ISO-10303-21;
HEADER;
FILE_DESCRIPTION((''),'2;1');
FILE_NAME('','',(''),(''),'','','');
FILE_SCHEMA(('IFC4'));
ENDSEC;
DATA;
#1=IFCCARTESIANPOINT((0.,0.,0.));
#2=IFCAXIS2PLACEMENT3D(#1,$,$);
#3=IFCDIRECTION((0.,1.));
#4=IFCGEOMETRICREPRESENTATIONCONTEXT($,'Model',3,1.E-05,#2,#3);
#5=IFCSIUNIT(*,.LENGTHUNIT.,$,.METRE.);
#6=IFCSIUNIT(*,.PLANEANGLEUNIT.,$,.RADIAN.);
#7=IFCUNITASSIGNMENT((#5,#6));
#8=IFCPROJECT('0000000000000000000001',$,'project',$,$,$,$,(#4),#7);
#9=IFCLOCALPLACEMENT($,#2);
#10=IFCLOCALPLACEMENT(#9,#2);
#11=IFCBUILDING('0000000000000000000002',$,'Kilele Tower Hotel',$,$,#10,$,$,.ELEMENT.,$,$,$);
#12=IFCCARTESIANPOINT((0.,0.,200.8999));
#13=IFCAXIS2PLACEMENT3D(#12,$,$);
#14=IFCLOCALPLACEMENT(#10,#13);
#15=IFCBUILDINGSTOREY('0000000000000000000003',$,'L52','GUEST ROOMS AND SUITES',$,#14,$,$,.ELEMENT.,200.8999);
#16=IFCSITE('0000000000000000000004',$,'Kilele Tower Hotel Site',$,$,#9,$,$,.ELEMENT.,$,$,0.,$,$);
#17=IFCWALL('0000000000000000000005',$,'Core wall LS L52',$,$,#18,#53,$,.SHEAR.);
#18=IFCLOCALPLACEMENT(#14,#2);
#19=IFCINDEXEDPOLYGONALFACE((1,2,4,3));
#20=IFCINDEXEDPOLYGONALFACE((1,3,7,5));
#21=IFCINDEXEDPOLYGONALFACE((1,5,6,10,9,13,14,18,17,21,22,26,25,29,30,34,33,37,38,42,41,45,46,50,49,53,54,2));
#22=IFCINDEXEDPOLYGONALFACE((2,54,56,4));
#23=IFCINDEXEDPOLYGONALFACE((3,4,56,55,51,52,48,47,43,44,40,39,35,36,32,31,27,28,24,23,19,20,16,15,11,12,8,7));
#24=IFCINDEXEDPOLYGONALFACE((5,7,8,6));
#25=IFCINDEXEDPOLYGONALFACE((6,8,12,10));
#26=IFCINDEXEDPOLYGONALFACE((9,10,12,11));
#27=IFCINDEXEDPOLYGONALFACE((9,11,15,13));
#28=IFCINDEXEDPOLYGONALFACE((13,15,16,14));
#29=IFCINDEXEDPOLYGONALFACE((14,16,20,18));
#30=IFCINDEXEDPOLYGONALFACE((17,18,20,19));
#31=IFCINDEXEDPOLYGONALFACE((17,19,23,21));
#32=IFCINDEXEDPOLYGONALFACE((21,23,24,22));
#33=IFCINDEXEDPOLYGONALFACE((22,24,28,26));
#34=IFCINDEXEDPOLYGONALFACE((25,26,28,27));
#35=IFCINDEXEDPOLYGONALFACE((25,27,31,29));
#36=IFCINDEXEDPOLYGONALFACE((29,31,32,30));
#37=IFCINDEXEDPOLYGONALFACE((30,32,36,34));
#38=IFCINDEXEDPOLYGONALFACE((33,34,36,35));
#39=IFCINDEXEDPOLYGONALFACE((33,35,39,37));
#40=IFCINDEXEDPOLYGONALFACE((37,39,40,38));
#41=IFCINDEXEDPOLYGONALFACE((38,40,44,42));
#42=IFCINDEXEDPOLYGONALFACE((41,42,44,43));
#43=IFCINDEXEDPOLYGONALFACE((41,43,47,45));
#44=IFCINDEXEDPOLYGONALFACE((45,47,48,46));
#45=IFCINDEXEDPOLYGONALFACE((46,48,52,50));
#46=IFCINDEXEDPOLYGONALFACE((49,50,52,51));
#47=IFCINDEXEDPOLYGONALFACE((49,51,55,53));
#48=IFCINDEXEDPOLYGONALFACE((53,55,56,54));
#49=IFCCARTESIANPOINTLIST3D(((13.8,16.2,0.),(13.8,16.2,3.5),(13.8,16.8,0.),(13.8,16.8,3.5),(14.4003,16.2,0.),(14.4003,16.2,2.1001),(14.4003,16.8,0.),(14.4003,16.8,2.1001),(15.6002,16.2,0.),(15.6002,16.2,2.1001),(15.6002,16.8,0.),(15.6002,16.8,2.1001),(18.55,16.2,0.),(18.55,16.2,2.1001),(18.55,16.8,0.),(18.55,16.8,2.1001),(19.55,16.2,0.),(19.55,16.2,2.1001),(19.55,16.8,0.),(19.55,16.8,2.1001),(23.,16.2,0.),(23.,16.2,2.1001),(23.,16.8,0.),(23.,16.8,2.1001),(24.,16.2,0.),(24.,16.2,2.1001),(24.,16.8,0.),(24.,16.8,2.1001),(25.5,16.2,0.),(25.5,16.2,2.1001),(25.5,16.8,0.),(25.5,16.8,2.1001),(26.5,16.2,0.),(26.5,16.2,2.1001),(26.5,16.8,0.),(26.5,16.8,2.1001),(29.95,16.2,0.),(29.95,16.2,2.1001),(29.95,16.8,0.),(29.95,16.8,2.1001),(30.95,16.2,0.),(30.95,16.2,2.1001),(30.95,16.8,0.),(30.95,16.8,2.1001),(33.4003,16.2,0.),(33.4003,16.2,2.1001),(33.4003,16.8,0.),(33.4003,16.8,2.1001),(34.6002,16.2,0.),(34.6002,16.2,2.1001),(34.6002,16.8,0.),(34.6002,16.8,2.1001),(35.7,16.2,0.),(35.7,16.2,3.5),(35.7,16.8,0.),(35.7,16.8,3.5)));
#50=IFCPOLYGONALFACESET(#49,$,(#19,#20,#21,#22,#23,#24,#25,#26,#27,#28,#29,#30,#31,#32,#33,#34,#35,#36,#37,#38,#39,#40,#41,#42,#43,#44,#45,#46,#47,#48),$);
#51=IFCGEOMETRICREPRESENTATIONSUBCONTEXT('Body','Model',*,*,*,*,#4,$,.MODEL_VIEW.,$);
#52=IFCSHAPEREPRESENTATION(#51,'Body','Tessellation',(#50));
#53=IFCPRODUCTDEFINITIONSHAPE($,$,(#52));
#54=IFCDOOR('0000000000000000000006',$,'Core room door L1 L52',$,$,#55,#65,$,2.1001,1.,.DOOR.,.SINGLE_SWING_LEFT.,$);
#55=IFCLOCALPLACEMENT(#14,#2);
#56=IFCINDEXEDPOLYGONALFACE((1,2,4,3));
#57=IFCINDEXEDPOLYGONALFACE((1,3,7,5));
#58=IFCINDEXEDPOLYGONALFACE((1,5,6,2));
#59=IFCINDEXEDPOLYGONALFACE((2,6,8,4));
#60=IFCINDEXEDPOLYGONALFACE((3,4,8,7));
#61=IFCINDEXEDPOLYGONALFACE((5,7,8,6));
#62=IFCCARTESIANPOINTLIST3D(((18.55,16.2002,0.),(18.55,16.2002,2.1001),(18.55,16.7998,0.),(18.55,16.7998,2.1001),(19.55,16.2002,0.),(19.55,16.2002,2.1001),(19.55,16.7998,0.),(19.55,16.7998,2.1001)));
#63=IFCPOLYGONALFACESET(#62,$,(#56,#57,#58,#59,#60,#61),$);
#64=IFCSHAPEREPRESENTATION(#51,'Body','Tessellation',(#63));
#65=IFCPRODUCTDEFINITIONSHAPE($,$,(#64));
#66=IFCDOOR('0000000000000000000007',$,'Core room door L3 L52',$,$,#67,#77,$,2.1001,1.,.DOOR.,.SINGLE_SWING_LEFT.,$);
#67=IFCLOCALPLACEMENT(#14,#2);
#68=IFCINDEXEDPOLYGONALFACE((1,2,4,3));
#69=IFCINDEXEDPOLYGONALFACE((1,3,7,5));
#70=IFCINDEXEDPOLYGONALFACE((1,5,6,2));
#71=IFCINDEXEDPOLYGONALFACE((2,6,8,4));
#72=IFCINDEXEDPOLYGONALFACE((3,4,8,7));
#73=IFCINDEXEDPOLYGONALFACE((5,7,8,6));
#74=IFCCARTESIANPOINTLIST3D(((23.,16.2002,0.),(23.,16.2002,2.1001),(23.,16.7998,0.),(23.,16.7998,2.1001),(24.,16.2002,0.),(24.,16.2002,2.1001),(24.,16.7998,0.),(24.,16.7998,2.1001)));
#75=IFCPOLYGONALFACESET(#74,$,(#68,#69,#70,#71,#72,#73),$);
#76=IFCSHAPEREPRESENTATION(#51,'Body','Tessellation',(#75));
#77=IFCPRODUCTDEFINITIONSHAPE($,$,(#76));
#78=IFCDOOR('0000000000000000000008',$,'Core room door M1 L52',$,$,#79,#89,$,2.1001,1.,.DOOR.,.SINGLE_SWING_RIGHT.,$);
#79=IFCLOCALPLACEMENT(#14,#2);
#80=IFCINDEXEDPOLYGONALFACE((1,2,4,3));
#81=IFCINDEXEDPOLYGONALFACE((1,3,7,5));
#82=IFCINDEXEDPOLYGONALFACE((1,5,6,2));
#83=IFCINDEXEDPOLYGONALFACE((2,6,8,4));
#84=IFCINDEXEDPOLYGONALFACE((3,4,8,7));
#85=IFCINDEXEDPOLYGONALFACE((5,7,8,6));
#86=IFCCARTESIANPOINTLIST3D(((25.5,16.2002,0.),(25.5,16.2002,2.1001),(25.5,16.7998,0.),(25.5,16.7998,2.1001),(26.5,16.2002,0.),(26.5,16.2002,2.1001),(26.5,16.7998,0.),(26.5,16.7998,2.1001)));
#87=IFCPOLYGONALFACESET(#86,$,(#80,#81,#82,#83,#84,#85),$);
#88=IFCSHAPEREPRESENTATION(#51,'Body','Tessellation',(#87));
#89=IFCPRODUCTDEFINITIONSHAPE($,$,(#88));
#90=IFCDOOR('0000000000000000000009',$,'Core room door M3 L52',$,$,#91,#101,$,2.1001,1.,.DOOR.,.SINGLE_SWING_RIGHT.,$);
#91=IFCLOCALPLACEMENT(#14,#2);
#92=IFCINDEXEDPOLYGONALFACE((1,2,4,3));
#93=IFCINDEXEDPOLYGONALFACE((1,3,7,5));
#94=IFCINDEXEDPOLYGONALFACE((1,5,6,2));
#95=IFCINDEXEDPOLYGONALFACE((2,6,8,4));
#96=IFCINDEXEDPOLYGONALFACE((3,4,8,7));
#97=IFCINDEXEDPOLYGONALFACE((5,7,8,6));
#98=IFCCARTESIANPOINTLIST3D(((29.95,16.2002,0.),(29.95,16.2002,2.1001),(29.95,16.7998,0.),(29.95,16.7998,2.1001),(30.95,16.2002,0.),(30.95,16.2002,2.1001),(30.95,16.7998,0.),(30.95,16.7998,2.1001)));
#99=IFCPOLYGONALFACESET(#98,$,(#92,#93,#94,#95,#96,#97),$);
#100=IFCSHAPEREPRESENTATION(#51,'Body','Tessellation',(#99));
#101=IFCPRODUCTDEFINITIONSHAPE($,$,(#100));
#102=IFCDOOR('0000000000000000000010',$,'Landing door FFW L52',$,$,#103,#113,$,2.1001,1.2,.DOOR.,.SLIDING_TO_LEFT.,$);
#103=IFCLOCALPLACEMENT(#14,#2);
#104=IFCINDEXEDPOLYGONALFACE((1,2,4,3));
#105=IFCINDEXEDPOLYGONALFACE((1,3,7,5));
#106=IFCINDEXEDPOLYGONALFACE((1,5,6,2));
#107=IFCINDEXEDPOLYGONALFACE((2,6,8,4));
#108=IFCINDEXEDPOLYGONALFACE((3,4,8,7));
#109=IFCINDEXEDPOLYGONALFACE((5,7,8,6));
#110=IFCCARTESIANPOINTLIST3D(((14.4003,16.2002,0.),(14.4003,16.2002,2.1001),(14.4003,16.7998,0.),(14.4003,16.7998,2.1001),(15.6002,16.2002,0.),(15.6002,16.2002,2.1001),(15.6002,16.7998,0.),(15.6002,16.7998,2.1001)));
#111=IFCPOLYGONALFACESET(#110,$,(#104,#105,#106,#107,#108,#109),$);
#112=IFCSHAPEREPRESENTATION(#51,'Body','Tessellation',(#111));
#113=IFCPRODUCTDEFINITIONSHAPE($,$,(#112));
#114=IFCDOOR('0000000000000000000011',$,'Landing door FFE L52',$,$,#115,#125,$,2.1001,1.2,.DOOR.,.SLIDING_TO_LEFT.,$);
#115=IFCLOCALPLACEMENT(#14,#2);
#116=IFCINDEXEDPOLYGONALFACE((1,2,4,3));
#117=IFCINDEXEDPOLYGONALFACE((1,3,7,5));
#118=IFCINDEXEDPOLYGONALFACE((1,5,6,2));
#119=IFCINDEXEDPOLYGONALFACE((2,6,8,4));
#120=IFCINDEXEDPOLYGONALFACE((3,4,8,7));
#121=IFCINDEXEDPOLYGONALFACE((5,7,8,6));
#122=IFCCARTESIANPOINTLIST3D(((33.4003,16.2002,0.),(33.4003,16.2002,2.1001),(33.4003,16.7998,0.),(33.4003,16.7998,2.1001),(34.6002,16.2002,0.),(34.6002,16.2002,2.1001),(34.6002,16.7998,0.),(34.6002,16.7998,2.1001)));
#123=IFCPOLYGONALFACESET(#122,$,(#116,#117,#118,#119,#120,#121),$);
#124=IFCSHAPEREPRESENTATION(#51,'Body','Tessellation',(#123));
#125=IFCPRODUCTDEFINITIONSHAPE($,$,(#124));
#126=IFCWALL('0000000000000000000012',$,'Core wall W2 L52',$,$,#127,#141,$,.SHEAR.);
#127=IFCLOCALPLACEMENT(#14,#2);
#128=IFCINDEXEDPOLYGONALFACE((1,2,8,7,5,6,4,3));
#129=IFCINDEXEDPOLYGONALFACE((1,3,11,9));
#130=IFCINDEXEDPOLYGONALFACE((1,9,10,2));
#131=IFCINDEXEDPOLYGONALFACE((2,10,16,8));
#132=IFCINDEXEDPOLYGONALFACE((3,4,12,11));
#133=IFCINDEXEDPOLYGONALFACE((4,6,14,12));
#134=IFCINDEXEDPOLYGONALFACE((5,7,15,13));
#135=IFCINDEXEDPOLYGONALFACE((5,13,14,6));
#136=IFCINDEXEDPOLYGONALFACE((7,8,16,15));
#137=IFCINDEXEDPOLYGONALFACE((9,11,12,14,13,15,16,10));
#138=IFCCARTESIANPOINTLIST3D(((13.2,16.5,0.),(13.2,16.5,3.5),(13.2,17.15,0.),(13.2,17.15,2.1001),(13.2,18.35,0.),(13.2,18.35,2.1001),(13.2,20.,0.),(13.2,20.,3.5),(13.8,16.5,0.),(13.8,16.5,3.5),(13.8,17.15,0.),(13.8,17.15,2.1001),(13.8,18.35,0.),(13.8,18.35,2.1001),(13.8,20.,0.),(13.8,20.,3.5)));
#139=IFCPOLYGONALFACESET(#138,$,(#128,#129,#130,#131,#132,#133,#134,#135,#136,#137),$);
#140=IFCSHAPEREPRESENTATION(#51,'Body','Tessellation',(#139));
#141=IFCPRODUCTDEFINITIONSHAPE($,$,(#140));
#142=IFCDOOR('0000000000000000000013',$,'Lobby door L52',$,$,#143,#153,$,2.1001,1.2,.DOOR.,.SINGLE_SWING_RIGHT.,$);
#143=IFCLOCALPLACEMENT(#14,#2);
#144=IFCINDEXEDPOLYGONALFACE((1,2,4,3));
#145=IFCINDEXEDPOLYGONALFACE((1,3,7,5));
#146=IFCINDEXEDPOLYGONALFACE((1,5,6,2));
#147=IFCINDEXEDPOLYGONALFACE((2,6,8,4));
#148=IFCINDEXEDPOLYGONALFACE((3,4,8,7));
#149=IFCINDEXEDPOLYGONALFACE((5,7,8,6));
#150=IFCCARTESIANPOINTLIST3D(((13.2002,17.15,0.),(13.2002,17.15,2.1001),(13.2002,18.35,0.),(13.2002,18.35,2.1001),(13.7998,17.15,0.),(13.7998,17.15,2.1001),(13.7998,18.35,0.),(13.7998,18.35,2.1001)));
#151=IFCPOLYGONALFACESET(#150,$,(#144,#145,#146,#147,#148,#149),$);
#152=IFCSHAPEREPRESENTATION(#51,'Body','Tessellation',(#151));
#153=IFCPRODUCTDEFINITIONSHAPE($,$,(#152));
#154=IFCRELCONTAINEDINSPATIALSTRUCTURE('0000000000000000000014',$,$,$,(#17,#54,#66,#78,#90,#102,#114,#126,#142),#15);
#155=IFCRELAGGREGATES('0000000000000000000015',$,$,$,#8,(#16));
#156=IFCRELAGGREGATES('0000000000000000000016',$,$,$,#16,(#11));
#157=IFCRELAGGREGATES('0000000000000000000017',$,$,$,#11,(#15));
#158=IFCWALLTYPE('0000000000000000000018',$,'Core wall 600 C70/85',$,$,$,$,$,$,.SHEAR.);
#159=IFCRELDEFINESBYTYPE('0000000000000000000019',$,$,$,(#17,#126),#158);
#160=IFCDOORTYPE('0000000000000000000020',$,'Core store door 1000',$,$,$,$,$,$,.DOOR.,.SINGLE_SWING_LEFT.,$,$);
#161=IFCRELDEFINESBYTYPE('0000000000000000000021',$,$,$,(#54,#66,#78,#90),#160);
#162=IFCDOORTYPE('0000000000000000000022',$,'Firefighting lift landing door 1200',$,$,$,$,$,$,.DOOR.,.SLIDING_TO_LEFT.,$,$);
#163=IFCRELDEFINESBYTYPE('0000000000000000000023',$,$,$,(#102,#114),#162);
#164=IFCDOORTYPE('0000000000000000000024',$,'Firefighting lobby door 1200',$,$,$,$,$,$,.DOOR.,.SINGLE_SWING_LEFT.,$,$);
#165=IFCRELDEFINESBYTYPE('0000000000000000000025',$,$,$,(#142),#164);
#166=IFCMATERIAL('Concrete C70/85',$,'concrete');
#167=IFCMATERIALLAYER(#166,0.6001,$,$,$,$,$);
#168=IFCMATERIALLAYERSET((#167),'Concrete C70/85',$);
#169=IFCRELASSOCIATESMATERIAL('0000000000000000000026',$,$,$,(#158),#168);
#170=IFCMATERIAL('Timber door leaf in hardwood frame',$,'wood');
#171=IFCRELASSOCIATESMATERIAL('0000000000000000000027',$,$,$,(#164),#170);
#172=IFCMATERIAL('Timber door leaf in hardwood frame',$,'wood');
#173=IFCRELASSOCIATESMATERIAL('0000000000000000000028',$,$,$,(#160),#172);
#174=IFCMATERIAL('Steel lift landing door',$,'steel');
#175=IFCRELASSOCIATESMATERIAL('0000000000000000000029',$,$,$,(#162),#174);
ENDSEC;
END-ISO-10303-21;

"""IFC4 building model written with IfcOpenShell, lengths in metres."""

from ifc_helpers import new_model, si_unit, direction, frame, frame_2d, origin, place, context, subcontext, project, spatial, rectangle, extrude, material, layer, layer_set, type_object, element, fill, save


model = new_model("IFC4")

# Units and contexts
model_context = context("Model", 3, precision=1e-05, world=origin(), true_north=direction((0.0, 1.0)))
body_context = subcontext(model_context, "Body", "Model", "MODEL_VIEW")
ifc_project = project(units=[si_unit("LENGTHUNIT", "METRE"), si_unit("PLANEANGLEUNIT", "RADIAN")], contexts=[model_context])

# Site, building, storey
site_placement = place(None, origin())
site = spatial("IfcSite", under=ifc_project, at=site_placement, Name="Kilele Tower Hotel Site", CompositionType="ELEMENT", RefElevation=0.0)
building_placement = place(site_placement, origin())
building = spatial("IfcBuilding", under=site, at=building_placement, Name="Kilele Tower Hotel", CompositionType="ELEMENT")
storey_placement = place(building_placement, frame((0.0, 0.0, 200.8999)))
storey = spatial("IfcBuildingStorey", under=building, at=storey_placement, Name="L52", Description="GUEST ROOMS AND SUITES", CompositionType="ELEMENT", Elevation=200.8999)

# Shared definitions
ifc_material_1 = material(Name="Concrete C70/85", Category="concrete")
ifc_layer_1 = layer(ifc_material_1, 0.6001)
ifc_layer_set_1 = layer_set([ifc_layer_1], Name="Concrete C70/85")
wall_type_1 = type_object("IfcWallType", Name="Core wall 600 C70/85", PredefinedType="SHEAR", material=ifc_layer_set_1)
ifc_material_2 = material(Name="Timber door leaf in hardwood frame", Category="wood")
door_type_1 = type_object("IfcDoorType", Name="Firefighting lobby door 1200", OperationType="SINGLE_SWING_LEFT", PredefinedType="DOOR", material=ifc_material_2)

# Wall, openings, doors
wall_1_placement = place(storey_placement, frame((13.8, 16.5, 0.0), z_axis=(0.0, 0.0, 1.0), x_axis=(1.0, 0.0, 0.0)))
wall_1 = element("IfcWall", 1, at=wall_1_placement, inside=storey, type_object=wall_type_1, Name="Core wall LS L52", PredefinedType="SHEAR", context=body_context, shape_type="SweptSolid", body=[
    extrude(rectangle(XDim=21.8999, YDim=0.6001, at=frame_2d((10.95, 0.0))), origin(), (0.0, 0.0, 1.0), 3.5),
])
opening_1_placement = place(wall_1_placement, frame((5.75, 0.0, 0.0), z_axis=(0.0, 0.0, 1.0), x_axis=(-1.0, 0.0, 0.0)))
opening_1 = element("IfcOpeningElement", 2, at=opening_1_placement, cuts=wall_1, PredefinedType="OPENING", context=body_context, shape_type="SweptSolid", body=[
    extrude(rectangle(XDim=1.0, YDim=2.1001, at=frame_2d((0.5, 1.05))), frame((0.0, 0.3101, 0.0), z_axis=(0.0, -1.0, 0.0), x_axis=(1.0, 0.0, 0.0)), (0.0, 0.0, 1.0), 0.6201),
])
opening_2_placement = place(wall_1_placement, frame((10.2, 0.0, 0.0), z_axis=(0.0, 0.0, 1.0), x_axis=(-1.0, 0.0, 0.0)))
opening_2 = element("IfcOpeningElement", 3, at=opening_2_placement, cuts=wall_1, PredefinedType="OPENING", context=body_context, shape_type="SweptSolid", body=[
    extrude(rectangle(XDim=1.0, YDim=2.1001, at=frame_2d((0.5, 1.05))), frame((0.0, 0.3101, 0.0), z_axis=(0.0, -1.0, 0.0), x_axis=(1.0, 0.0, 0.0)), (0.0, 0.0, 1.0), 0.6201),
])
opening_3_placement = place(wall_1_placement, frame((12.7, 0.0, 0.0), z_axis=(0.0, 0.0, 1.0), x_axis=(-1.0, 0.0, 0.0)))
opening_3 = element("IfcOpeningElement", 4, at=opening_3_placement, cuts=wall_1, PredefinedType="OPENING", context=body_context, shape_type="SweptSolid", body=[
    extrude(rectangle(XDim=1.0, YDim=2.1001, at=frame_2d((0.5, 1.05))), frame((0.0, 0.3101, 0.0), z_axis=(0.0, -1.0, 0.0), x_axis=(1.0, 0.0, 0.0)), (0.0, 0.0, 1.0), 0.6201),
])
opening_4_placement = place(wall_1_placement, frame((17.1499, 0.0, 0.0), z_axis=(0.0, 0.0, 1.0), x_axis=(-1.0, 0.0, 0.0)))
opening_4 = element("IfcOpeningElement", 5, at=opening_4_placement, cuts=wall_1, PredefinedType="OPENING", context=body_context, shape_type="SweptSolid", body=[
    extrude(rectangle(XDim=1.0, YDim=2.1001, at=frame_2d((0.5, 1.05))), frame((0.0, 0.3101, 0.0), z_axis=(0.0, -1.0, 0.0), x_axis=(1.0, 0.0, 0.0)), (0.0, 0.0, 1.0), 0.6201),
])
opening_5_placement = place(wall_1_placement, frame((0.6001, 0.0, 0.0)))
opening_5 = element("IfcOpeningElement", 6, at=opening_5_placement, cuts=wall_1, PredefinedType="OPENING", context=body_context, shape_type="SweptSolid", body=[
    extrude(rectangle(XDim=1.2, YDim=2.1001, at=frame_2d((0.6001, 1.05))), frame((0.0, 0.3101, 0.0), z_axis=(0.0, -1.0, 0.0), x_axis=(1.0, 0.0, 0.0)), (0.0, 0.0, 1.0), 0.6201),
])
opening_6_placement = place(wall_1_placement, frame((19.6001, 0.0, 0.0)))
opening_6 = element("IfcOpeningElement", 7, at=opening_6_placement, cuts=wall_1, PredefinedType="OPENING", context=body_context, shape_type="SweptSolid", body=[
    extrude(rectangle(XDim=1.2, YDim=2.1001, at=frame_2d((0.6001, 1.05))), frame((0.0, 0.3101, 0.0), z_axis=(0.0, -1.0, 0.0), x_axis=(1.0, 0.0, 0.0)), (0.0, 0.0, 1.0), 0.6201),
])
ifc_material_3 = material(Name="Timber door leaf in hardwood frame", Category="wood")
door_type_2 = type_object("IfcDoorType", Name="Core store door 1000", OperationType="SINGLE_SWING_LEFT", PredefinedType="DOOR", material=ifc_material_3)
door_1_placement = place(opening_1_placement, origin())
door_1 = element("IfcDoor", 8, at=door_1_placement, inside=storey, type_object=door_type_2, Name="Core room door L1 L52", OperationType="SINGLE_SWING_LEFT", OverallHeight=2.1001, OverallWidth=1.0, PredefinedType="DOOR", context=body_context, shape_type="SweptSolid", body=[
    extrude(rectangle(XDim=1.0, YDim=2.1001, at=frame_2d((0.5, 1.05))), frame((0.0, 0.2998, 0.0), z_axis=(0.0, -1.0, 0.0), x_axis=(1.0, 0.0, 0.0)), (0.0, 0.0, 1.0), 0.5996),
])
fill(opening_1, door_1)
door_2_placement = place(opening_2_placement, origin())
door_2 = element("IfcDoor", 9, at=door_2_placement, inside=storey, type_object=door_type_2, Name="Core room door L3 L52", OperationType="SINGLE_SWING_LEFT", OverallHeight=2.1001, OverallWidth=1.0, PredefinedType="DOOR", context=body_context, shape_type="SweptSolid", body=[
    extrude(rectangle(XDim=1.0, YDim=2.1001, at=frame_2d((0.5, 1.05))), frame((0.0, 0.2998, 0.0), z_axis=(0.0, -1.0, 0.0), x_axis=(1.0, 0.0, 0.0)), (0.0, 0.0, 1.0), 0.5996),
])
fill(opening_2, door_2)
door_3_placement = place(opening_3_placement, origin())
door_3 = element("IfcDoor", 10, at=door_3_placement, inside=storey, type_object=door_type_2, Name="Core room door M1 L52", OperationType="SINGLE_SWING_RIGHT", OverallHeight=2.1001, OverallWidth=1.0, PredefinedType="DOOR", context=body_context, shape_type="SweptSolid", body=[
    extrude(rectangle(XDim=1.0, YDim=2.1001, at=frame_2d((0.5, 1.05))), frame((0.0, 0.2998, 0.0), z_axis=(0.0, -1.0, 0.0), x_axis=(1.0, 0.0, 0.0)), (0.0, 0.0, 1.0), 0.5996),
])
fill(opening_3, door_3)
door_4_placement = place(opening_4_placement, origin())
door_4 = element("IfcDoor", 11, at=door_4_placement, inside=storey, type_object=door_type_2, Name="Core room door M3 L52", OperationType="SINGLE_SWING_RIGHT", OverallHeight=2.1001, OverallWidth=1.0, PredefinedType="DOOR", context=body_context, shape_type="SweptSolid", body=[
    extrude(rectangle(XDim=1.0, YDim=2.1001, at=frame_2d((0.5, 1.05))), frame((0.0, 0.2998, 0.0), z_axis=(0.0, -1.0, 0.0), x_axis=(1.0, 0.0, 0.0)), (0.0, 0.0, 1.0), 0.5996),
])
fill(opening_4, door_4)
ifc_material_4 = material(Name="Steel lift landing door", Category="steel")
door_type_3 = type_object("IfcDoorType", Name="Firefighting lift landing door 1200", OperationType="SLIDING_TO_LEFT", PredefinedType="DOOR", material=ifc_material_4)
door_5_placement = place(opening_5_placement, origin())
door_5 = element("IfcDoor", 12, at=door_5_placement, inside=storey, type_object=door_type_3, Name="Landing door FFW L52", OperationType="SLIDING_TO_LEFT", OverallHeight=2.1001, OverallWidth=1.2, PredefinedType="DOOR", context=body_context, shape_type="SweptSolid", body=[
    extrude(rectangle(XDim=1.2, YDim=2.1001, at=frame_2d((0.6001, 1.05))), frame((0.0, 0.2998, 0.0), z_axis=(0.0, -1.0, 0.0), x_axis=(1.0, 0.0, 0.0)), (0.0, 0.0, 1.0), 0.5996),
])
fill(opening_5, door_5)
door_6_placement = place(opening_6_placement, origin())
door_6 = element("IfcDoor", 13, at=door_6_placement, inside=storey, type_object=door_type_3, Name="Landing door FFE L52", OperationType="SLIDING_TO_LEFT", OverallHeight=2.1001, OverallWidth=1.2, PredefinedType="DOOR", context=body_context, shape_type="SweptSolid", body=[
    extrude(rectangle(XDim=1.2, YDim=2.1001, at=frame_2d((0.6001, 1.05))), frame((0.0, 0.2998, 0.0), z_axis=(0.0, -1.0, 0.0), x_axis=(1.0, 0.0, 0.0)), (0.0, 0.0, 1.0), 0.5996),
])
fill(opening_6, door_6)

# Wall, opening, door
wall_2_placement = place(storey_placement, frame((13.5, 20.0, 0.0), z_axis=(0.0, 0.0, 1.0), x_axis=(0.0, -1.0, 0.0)))
wall_2 = element("IfcWall", 14, at=wall_2_placement, inside=storey, type_object=wall_type_1, Name="Core wall W2 L52", PredefinedType="SHEAR", context=body_context, shape_type="SweptSolid", body=[
    extrude(rectangle(XDim=3.5, YDim=0.6001, at=frame_2d((1.75, 0.0))), origin(), (0.0, 0.0, 1.0), 3.5),
])
opening_7_placement = place(wall_2_placement, frame((1.6499, 0.0, 0.0)))
opening_7 = element("IfcOpeningElement", 15, at=opening_7_placement, cuts=wall_2, PredefinedType="OPENING", context=body_context, shape_type="SweptSolid", body=[
    extrude(rectangle(XDim=1.2, YDim=2.1001, at=frame_2d((0.6001, 1.05))), frame((0.0, 0.3101, 0.0), z_axis=(0.0, -1.0, 0.0), x_axis=(1.0, 0.0, 0.0)), (0.0, 0.0, 1.0), 0.6201),
])
door_7_placement = place(opening_7_placement, origin())
door_7 = element("IfcDoor", 16, at=door_7_placement, inside=storey, type_object=door_type_1, Name="Lobby door L52", OperationType="SINGLE_SWING_RIGHT", OverallHeight=2.1001, OverallWidth=1.2, PredefinedType="DOOR", context=body_context, shape_type="SweptSolid", body=[
    extrude(rectangle(XDim=1.2, YDim=2.1001, at=frame_2d((0.6001, 1.05))), frame((0.0, 0.2998, 0.0), z_axis=(0.0, -1.0, 0.0), x_axis=(1.0, 0.0, 0.0)), (0.0, 0.0, 1.0), 0.5996),
])
fill(opening_7, door_7)

save(model, "model.ifc")
